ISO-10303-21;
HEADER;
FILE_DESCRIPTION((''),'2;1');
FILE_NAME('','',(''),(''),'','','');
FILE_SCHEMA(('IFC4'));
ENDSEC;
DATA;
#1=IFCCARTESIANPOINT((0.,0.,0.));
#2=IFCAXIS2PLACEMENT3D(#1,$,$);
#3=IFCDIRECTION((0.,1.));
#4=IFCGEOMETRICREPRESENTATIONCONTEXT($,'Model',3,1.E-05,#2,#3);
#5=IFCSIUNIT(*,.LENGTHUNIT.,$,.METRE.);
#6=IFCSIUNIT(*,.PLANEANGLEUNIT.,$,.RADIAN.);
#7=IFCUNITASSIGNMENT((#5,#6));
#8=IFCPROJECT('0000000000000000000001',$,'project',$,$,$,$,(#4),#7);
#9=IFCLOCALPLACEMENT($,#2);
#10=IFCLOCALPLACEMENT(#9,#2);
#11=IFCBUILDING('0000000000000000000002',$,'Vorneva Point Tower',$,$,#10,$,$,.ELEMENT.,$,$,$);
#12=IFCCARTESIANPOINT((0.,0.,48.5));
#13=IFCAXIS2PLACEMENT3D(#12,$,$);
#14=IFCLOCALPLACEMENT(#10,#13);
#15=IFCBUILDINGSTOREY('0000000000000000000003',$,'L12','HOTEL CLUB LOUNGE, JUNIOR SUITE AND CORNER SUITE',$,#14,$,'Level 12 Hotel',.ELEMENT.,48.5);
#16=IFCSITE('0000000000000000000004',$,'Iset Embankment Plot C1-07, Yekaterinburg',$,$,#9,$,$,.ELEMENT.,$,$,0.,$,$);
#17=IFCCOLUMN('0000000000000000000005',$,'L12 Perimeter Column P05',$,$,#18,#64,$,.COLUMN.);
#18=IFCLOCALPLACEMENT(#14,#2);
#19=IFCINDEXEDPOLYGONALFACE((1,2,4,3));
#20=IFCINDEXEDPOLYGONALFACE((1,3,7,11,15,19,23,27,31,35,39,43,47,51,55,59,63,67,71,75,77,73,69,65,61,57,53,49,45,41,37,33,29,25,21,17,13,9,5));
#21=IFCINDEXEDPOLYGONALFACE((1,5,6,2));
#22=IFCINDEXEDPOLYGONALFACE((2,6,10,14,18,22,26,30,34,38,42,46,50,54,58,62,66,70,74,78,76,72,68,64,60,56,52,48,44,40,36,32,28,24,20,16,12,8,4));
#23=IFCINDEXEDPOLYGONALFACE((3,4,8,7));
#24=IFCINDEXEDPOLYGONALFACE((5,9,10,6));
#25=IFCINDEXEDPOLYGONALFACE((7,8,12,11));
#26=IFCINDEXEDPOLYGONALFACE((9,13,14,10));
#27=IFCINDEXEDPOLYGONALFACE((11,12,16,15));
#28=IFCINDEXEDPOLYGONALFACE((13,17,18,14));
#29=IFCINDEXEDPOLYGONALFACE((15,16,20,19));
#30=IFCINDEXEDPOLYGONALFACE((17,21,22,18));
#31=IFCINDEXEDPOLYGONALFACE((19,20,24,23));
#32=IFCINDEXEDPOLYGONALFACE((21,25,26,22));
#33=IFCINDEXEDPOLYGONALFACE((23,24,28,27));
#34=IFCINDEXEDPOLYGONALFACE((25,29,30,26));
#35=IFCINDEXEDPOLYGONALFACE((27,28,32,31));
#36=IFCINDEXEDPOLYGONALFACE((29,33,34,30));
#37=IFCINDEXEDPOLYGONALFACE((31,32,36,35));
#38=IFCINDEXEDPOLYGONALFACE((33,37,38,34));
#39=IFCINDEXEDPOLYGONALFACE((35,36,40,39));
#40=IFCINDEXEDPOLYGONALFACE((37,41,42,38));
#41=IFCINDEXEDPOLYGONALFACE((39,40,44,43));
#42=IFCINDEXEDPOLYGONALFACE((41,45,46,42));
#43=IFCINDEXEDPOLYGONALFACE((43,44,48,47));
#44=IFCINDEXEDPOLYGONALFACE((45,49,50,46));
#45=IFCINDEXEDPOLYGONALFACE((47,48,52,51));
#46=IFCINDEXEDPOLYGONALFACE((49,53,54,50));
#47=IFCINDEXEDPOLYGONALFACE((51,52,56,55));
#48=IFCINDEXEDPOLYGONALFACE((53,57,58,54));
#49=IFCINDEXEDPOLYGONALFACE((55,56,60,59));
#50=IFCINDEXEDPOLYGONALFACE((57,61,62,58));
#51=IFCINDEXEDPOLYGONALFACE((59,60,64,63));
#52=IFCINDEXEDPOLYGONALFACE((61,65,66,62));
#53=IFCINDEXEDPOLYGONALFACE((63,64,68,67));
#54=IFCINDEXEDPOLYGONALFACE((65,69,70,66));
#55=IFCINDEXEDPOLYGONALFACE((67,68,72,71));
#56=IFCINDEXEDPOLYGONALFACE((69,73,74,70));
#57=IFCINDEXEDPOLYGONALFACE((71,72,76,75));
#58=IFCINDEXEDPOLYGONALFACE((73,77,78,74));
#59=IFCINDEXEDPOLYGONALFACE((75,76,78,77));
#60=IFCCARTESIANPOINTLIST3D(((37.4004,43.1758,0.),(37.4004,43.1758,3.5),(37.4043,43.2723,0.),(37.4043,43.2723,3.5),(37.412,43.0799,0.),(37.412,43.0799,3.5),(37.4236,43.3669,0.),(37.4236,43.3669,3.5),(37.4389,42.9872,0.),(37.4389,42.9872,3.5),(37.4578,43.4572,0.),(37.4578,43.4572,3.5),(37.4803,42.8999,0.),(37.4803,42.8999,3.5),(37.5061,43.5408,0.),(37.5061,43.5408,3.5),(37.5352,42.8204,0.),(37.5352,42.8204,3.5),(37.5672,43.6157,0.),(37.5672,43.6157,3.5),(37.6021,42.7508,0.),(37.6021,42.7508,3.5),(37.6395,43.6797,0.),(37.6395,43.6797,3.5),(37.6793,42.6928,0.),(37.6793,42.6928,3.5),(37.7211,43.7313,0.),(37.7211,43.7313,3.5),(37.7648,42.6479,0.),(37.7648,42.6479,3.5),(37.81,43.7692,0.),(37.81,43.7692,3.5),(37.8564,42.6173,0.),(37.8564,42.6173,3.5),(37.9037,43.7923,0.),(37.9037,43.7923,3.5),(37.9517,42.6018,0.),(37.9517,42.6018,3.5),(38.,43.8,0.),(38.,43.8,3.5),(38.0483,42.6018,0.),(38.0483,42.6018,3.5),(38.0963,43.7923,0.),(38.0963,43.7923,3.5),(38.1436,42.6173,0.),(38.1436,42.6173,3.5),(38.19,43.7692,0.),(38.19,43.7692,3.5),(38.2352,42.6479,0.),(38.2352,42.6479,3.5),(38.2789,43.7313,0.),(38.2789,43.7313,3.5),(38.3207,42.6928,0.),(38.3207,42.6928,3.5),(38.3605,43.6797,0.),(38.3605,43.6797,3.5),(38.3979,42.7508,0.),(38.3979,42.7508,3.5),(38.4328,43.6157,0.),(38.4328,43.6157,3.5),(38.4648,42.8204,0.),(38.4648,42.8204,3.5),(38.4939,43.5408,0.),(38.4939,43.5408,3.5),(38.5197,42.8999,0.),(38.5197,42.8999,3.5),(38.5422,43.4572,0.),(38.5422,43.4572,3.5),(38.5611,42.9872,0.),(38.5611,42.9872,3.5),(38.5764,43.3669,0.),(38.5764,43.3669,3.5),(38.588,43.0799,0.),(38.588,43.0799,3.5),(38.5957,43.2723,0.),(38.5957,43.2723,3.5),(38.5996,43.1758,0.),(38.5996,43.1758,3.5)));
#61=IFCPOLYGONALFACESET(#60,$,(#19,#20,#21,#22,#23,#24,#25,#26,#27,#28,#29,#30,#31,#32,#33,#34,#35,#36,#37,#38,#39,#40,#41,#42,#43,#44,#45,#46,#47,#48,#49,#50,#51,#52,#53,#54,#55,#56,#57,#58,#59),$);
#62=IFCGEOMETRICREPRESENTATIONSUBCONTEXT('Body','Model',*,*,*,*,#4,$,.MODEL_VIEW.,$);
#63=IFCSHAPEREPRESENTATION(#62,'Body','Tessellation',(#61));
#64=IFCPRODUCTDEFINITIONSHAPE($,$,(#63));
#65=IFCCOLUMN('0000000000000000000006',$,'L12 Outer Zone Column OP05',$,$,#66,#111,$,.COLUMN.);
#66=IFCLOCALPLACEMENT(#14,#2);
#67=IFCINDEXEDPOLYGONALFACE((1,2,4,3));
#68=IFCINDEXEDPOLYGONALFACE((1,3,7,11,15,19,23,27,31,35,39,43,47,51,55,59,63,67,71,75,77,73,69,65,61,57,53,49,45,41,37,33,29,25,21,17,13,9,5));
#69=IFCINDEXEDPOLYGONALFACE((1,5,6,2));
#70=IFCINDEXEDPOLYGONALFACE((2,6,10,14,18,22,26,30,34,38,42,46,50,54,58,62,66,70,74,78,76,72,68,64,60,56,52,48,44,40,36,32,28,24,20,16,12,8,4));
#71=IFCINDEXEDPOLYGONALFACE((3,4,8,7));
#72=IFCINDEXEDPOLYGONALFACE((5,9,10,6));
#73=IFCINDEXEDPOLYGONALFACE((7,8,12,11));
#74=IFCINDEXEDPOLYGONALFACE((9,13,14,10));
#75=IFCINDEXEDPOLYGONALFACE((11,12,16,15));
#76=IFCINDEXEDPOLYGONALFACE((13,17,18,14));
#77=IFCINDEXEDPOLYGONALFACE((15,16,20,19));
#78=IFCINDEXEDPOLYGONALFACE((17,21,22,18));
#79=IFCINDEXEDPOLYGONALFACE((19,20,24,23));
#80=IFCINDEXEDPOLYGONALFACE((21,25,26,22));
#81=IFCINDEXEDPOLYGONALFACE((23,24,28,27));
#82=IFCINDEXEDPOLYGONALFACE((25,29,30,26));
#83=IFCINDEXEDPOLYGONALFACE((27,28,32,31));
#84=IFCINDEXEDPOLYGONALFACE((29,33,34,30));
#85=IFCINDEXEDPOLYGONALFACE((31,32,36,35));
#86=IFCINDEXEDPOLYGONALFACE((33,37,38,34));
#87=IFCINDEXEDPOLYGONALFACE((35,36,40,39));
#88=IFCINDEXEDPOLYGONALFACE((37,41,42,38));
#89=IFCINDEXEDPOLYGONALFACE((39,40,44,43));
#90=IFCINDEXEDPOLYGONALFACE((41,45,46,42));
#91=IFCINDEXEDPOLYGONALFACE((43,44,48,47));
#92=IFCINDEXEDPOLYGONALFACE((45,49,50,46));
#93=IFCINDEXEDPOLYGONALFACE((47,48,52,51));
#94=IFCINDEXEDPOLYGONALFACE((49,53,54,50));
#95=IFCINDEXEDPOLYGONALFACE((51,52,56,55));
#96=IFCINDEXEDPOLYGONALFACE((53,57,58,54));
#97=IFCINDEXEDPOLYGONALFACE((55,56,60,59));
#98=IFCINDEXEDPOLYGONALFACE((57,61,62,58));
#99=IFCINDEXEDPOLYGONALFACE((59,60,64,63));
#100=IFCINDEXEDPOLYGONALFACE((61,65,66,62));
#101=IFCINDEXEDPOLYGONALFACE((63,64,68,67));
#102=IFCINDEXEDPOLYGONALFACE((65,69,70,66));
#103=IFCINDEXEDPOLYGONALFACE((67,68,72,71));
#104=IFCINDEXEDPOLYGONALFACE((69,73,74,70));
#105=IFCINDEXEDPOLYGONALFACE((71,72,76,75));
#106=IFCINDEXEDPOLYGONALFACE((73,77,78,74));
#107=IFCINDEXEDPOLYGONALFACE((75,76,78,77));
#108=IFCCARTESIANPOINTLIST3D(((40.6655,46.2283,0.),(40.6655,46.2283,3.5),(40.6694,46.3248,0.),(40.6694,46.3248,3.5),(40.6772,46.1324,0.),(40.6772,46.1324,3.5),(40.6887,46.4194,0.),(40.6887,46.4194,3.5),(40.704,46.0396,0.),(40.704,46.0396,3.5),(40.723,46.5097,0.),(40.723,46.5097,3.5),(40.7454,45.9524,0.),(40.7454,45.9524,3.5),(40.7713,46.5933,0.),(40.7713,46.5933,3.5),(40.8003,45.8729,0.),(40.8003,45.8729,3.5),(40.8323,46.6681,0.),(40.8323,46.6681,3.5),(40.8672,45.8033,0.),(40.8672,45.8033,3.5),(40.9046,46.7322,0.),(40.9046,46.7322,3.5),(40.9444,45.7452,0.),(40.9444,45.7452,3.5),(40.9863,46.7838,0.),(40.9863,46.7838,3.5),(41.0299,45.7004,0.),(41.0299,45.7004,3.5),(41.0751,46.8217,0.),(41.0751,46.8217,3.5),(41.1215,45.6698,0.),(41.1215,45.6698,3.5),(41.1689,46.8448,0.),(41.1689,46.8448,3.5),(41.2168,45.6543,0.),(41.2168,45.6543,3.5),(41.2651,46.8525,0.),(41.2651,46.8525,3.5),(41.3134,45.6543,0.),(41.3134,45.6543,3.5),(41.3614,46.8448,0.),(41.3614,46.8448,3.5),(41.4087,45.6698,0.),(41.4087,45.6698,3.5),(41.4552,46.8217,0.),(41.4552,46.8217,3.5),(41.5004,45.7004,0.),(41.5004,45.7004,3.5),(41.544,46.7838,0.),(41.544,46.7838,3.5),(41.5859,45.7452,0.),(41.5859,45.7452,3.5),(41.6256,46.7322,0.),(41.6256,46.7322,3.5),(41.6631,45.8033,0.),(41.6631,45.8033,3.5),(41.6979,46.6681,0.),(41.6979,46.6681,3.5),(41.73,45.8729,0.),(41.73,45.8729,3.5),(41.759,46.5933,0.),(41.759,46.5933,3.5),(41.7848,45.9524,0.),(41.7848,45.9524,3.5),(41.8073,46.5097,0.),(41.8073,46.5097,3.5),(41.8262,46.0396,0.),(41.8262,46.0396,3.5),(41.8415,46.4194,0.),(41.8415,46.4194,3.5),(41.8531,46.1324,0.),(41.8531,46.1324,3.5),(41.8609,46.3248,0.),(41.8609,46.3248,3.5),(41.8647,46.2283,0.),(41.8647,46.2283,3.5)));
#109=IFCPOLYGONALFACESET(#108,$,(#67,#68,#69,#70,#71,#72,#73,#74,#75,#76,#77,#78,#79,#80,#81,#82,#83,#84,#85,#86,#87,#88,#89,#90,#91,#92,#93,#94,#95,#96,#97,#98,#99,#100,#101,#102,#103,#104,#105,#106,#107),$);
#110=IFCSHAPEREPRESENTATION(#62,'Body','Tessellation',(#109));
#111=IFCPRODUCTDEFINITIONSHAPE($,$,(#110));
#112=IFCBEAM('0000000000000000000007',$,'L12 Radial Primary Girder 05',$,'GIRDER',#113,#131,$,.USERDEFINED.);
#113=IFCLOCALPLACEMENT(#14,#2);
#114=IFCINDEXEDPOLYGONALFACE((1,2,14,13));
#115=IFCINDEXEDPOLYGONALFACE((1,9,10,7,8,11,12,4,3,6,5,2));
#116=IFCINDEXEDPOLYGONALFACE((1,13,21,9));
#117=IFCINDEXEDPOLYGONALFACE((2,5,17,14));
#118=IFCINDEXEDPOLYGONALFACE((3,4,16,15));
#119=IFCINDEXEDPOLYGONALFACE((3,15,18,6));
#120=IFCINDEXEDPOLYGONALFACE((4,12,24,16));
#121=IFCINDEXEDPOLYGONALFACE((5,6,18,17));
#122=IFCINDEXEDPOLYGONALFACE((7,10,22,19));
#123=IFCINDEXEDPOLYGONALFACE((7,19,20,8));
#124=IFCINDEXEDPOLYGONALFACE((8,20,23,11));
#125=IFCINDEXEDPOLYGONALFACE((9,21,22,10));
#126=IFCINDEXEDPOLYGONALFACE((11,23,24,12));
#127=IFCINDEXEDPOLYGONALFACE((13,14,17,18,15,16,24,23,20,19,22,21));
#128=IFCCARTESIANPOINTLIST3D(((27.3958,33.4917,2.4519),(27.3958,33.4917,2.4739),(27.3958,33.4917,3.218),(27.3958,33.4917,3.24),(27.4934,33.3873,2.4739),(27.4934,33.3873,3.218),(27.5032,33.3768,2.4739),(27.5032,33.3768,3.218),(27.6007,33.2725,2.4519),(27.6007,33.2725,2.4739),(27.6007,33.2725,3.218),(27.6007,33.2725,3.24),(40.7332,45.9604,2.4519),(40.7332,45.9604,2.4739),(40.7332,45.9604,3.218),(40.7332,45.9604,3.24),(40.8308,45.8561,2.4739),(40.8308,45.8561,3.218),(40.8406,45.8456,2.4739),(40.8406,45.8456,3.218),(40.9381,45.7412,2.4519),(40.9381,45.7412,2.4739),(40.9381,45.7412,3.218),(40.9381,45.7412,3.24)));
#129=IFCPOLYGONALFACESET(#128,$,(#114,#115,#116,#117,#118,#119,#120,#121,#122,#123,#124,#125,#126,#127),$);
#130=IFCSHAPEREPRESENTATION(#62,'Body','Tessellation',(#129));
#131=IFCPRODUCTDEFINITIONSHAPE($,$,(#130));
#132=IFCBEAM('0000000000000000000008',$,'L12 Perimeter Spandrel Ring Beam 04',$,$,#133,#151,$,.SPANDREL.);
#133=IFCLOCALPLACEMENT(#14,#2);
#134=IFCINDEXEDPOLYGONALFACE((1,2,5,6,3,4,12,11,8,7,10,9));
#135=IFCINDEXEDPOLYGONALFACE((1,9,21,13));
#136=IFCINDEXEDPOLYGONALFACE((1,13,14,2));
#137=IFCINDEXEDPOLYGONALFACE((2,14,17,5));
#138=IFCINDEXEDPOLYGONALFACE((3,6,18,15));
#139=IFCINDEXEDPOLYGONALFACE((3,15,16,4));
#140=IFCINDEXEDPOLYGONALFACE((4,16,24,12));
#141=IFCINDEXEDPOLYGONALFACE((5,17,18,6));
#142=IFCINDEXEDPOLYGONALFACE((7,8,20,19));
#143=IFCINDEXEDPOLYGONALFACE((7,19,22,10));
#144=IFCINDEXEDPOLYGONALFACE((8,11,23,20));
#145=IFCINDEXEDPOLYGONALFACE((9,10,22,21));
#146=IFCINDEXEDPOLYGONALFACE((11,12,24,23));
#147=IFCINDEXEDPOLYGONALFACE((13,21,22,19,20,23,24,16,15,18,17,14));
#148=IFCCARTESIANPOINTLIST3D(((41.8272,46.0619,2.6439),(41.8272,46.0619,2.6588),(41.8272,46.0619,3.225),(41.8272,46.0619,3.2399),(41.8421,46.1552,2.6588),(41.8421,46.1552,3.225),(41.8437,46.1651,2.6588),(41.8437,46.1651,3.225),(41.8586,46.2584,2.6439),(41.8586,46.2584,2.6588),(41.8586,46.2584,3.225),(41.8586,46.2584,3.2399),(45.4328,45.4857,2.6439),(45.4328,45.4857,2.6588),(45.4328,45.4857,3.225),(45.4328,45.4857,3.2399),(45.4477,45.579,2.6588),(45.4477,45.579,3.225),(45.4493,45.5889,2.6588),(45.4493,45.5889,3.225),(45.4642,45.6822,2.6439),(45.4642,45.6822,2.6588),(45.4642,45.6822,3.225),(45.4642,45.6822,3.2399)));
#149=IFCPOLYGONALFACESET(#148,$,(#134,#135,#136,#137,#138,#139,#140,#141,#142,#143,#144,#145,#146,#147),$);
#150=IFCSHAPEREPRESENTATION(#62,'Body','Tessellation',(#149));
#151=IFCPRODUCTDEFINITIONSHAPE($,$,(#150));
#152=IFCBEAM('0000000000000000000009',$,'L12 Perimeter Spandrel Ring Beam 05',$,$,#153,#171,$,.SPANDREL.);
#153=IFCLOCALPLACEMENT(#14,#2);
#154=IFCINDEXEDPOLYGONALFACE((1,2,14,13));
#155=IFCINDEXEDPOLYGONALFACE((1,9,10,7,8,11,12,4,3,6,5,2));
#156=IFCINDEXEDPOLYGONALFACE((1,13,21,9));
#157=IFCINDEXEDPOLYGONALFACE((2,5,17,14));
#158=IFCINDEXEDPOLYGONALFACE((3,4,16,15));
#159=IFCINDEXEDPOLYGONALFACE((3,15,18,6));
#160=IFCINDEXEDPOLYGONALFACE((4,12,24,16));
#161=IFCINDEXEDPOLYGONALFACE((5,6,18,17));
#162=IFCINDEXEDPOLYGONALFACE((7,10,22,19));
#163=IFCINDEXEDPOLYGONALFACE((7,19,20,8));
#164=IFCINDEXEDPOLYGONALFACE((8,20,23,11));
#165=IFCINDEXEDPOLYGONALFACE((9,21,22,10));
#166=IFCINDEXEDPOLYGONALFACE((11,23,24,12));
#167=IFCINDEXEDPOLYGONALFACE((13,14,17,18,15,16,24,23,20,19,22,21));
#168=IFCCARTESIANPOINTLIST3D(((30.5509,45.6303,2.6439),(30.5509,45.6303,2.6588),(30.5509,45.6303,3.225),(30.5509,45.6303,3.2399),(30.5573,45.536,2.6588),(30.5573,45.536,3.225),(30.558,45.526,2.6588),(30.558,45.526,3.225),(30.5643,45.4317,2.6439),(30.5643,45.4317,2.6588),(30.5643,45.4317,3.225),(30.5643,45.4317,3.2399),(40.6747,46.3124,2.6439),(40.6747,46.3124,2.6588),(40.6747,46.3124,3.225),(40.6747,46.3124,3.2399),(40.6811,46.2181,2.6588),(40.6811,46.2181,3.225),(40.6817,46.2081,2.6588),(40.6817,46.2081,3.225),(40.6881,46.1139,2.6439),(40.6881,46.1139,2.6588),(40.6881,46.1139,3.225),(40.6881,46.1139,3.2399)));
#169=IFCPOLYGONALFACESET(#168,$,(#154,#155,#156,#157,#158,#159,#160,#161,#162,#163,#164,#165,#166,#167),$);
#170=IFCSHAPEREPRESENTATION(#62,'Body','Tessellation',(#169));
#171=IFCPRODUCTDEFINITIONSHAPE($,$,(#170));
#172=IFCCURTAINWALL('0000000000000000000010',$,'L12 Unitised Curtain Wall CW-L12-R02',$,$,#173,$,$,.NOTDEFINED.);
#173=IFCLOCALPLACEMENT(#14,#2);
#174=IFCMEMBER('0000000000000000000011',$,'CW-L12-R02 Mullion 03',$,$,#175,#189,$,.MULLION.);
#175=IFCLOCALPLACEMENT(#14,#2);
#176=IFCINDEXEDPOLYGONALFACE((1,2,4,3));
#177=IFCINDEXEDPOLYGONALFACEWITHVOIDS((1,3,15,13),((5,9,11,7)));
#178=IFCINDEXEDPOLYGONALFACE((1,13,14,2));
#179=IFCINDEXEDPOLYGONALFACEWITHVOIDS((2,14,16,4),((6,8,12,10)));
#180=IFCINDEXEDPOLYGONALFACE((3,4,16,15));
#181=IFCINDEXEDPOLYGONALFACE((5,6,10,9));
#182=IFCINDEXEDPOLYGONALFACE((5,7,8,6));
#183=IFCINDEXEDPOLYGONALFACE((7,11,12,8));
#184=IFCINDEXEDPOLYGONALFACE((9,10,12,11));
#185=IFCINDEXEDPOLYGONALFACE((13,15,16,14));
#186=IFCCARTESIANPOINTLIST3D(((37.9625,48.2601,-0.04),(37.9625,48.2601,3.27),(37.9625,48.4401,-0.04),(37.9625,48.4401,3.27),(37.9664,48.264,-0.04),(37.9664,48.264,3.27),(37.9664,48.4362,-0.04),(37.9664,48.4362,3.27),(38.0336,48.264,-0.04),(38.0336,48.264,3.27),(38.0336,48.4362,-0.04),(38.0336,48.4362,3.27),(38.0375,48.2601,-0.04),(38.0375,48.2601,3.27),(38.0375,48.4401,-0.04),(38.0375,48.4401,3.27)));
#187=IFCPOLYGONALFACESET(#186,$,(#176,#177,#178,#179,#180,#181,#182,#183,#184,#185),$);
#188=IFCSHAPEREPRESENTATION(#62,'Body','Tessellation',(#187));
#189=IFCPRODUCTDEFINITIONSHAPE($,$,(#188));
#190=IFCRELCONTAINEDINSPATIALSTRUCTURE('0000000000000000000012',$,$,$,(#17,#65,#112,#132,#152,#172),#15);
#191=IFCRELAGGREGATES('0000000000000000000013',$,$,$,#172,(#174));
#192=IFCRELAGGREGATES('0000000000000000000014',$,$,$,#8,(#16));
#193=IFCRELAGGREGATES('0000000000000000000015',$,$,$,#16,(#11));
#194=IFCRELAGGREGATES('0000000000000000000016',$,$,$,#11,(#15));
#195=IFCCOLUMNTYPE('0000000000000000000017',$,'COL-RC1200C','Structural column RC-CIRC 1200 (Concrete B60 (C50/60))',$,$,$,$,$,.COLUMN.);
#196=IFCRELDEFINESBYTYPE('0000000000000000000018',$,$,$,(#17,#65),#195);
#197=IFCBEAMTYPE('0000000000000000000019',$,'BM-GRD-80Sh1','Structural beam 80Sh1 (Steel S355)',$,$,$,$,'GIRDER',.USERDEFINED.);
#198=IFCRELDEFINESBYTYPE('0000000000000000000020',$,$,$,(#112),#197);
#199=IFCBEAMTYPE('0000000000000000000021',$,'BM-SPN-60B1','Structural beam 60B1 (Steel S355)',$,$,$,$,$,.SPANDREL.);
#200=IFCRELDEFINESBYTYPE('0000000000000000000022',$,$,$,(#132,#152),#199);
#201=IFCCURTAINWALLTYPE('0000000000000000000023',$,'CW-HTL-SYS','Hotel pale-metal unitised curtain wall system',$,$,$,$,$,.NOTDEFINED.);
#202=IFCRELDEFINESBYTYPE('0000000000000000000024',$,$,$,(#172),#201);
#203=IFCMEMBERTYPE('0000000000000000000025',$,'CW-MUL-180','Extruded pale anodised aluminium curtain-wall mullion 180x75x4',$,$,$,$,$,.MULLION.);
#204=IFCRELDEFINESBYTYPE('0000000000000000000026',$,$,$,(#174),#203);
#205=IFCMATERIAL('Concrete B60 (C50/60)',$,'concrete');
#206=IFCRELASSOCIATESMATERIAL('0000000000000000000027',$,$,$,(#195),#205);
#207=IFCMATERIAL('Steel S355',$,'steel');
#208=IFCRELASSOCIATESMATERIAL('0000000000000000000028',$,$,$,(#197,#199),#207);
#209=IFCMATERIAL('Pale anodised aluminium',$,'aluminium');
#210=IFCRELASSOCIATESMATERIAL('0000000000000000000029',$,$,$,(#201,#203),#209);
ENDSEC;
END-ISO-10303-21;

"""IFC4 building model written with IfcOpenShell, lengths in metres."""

from ifc_helpers import new_model, si_unit, direction, frame, origin, origin_2d, place, context, subcontext, project, spatial, hollow_rectangle, circle, i_section, extrude, material, material_profile, profile_set, type_object, element, aggregate, save


model = new_model("IFC4")

# Units and contexts
model_context = context("Model", 3, precision=1e-05, world=origin(), true_north=direction((0.0, 1.0)))
body_context = subcontext(model_context, "Body", "Model", "MODEL_VIEW")
ifc_project = project(units=[si_unit("LENGTHUNIT", "METRE"), si_unit("PLANEANGLEUNIT", "RADIAN")], contexts=[model_context])

# Site, building, storey
site_placement = place(None, origin())
site = spatial("IfcSite", under=ifc_project, at=site_placement, Name="Iset Embankment Plot C1-07, Yekaterinburg", CompositionType="ELEMENT", RefElevation=0.0)
building_placement = place(site_placement, origin())
building = spatial("IfcBuilding", under=site, at=building_placement, Name="Vorneva Point Tower", CompositionType="ELEMENT")
storey_placement = place(building_placement, frame((0.0, 0.0, 48.5)))
storey = spatial("IfcBuildingStorey", under=building, at=storey_placement, Name="L12", Description="HOTEL CLUB LOUNGE, JUNIOR SUITE AND CORNER SUITE", LongName="Level 12 Hotel", CompositionType="ELEMENT", Elevation=48.5)

# Columns
ifc_material_1 = material(Name="Concrete B60 (C50/60)", Category="concrete")
ifc_material_profile_1 = material_profile(ifc_material_1, circle(Radius=0.6001, at=origin_2d()), Name="RC-CIRC 1200")
ifc_profile_set_1 = profile_set([ifc_material_profile_1], Name="Concrete B60 (C50/60)")
column_type = type_object("IfcColumnType", Name="COL-RC1200C", Description="Structural column RC-CIRC 1200 (Concrete B60 (C50/60))", PredefinedType="COLUMN", material=ifc_profile_set_1)
for number, where, z_axis, x_axis, name in (
    (1, (38.0, 43.2, 0.0), (0.0, 0.0, 1.0), (0.0, 1.0, 0.0), "L12 Perimeter Column P05"),
    (2, (41.2651, 46.2524, 0.0), (0.0, 0.0, 1.0), (0.0, 1.0, 0.0), "L12 Outer Zone Column OP05"),
):
    element("IfcColumn", number, at=place(storey_placement, frame(where, z_axis=z_axis, x_axis=x_axis)), inside=storey, type_object=column_type, Name=name, PredefinedType="COLUMN", context=body_context, shape_type="SweptSolid", body=[
        extrude(circle(Radius=0.6001, at=origin_2d()), origin(), (0.0, 0.0, 1.0), 3.5),
    ])

# Beams
ifc_material_2 = material(Name="Steel S355", Category="steel")
ifc_material_profile_2 = material_profile(ifc_material_2, i_section(OverallWidth=0.3, OverallDepth=0.7881, WebThickness=0.0144, FlangeThickness=0.022, at=origin_2d()), Name="80Sh1")
ifc_profile_set_2 = profile_set([ifc_material_profile_2], Name="Steel S355")
beam_type_1 = type_object("IfcBeamType", Name="BM-GRD-80Sh1", Description="Structural beam 80Sh1 (Steel S355)", ElementType="GIRDER", PredefinedType="USERDEFINED", material=ifc_profile_set_2)
beam_1_placement = place(storey_placement, frame((40.8357, 45.8508, 2.8459), z_axis=(-0.730495, -0.682918, 0.0), x_axis=(0.682918, -0.730495, 0.0)))
element("IfcBeam", 3, at=beam_1_placement, inside=storey, type_object=beam_type_1, Name="L12 Radial Primary Girder 05", ObjectType="GIRDER", PredefinedType="USERDEFINED", context=body_context, shape_type="SweptSolid", body=[
    extrude(i_section(OverallWidth=0.3, OverallDepth=0.7881, WebThickness=0.0144, FlangeThickness=0.022, at=origin_2d()), origin(), (0.0, 0.0, 1.0), 18.2581),
])
ifc_material_profile_3 = material_profile(ifc_material_2, i_section(OverallWidth=0.199, OverallDepth=0.5959, WebThickness=0.01, FlangeThickness=0.0149, at=origin_2d()), Name="60B1")
ifc_profile_set_3 = profile_set([ifc_material_profile_3], Name="Steel S355")
beam_type_2 = type_object("IfcBeamType", Name="BM-SPN-60B1", Description="Structural beam 60B1 (Steel S355)", PredefinedType="SPANDREL", material=ifc_profile_set_3)
beam_2_placement = place(storey_placement, frame((45.4485, 45.584, 2.9419), z_axis=(-0.987472, 0.157792, 0.0), x_axis=(-0.157792, -0.987472, 0.0)))
element("IfcBeam", 4, at=beam_2_placement, inside=storey, type_object=beam_type_2, Name="L12 Perimeter Spandrel Ring Beam 04", PredefinedType="SPANDREL", context=body_context, shape_type="SweptSolid", body=[
    extrude(i_section(OverallWidth=0.199, OverallDepth=0.5959, WebThickness=0.01, FlangeThickness=0.0149, at=origin_2d()), origin(), (0.0, 0.0, 1.0), 3.6514),
])
beam_3_placement = place(storey_placement, frame((40.6814, 46.2131, 2.9419), z_axis=(-0.997738, -0.067226, 0.0), x_axis=(0.067226, -0.997738, 0.0)))
element("IfcBeam", 5, at=beam_3_placement, inside=storey, type_object=beam_type_2, Name="L12 Perimeter Spandrel Ring Beam 05", PredefinedType="SPANDREL", context=body_context, shape_type="SweptSolid", body=[
    extrude(i_section(OverallWidth=0.199, OverallDepth=0.5959, WebThickness=0.01, FlangeThickness=0.0149, at=origin_2d()), origin(), (0.0, 0.0, 1.0), 10.1467),
])

# Curtain wall, member
ifc_material_3 = material(Name="Pale anodised aluminium", Category="aluminium")
curtain_wall_type = type_object("IfcCurtainWallType", Name="CW-HTL-SYS", Description="Hotel pale-metal unitised curtain wall system", PredefinedType="NOTDEFINED", material=ifc_material_3)
curtain_wall_placement = place(storey_placement, origin())
curtain_wall = element("IfcCurtainWall", 6, at=curtain_wall_placement, inside=storey, type_object=curtain_wall_type, Name="L12 Unitised Curtain Wall CW-L12-R02", PredefinedType="NOTDEFINED")
ifc_material_profile_4 = material_profile(ifc_material_3, hollow_rectangle(XDim=0.075, YDim=0.1799, WallThickness=0.0039, at=origin_2d()), Name="AL-MUL 180x75x4")
ifc_profile_set_4 = profile_set([ifc_material_profile_4], Name="Pale anodised aluminium")
member_type_1 = type_object("IfcMemberType", Name="CW-MUL-180", Description="Extruded pale anodised aluminium curtain-wall mullion 180x75x4", PredefinedType="MULLION", material=ifc_profile_set_4)
member_1_placement = place(storey_placement, frame((38.0, 48.3501, -0.04), z_axis=(0.0, 0.0, 1.0), x_axis=(1.0, 0.0, 0.0)))
member_1 = element("IfcMember", 7, at=member_1_placement, type_object=member_type_1, Name="CW-L12-R02 Mullion 03", PredefinedType="MULLION", context=body_context, shape_type="SweptSolid", body=[
    extrude(hollow_rectangle(XDim=0.075, YDim=0.1799, WallThickness=0.0039, at=origin_2d()), origin(), (0.0, 0.0, 1.0), 3.3101),
])
aggregate(curtain_wall, [member_1])

save(model, "model.ifc")
